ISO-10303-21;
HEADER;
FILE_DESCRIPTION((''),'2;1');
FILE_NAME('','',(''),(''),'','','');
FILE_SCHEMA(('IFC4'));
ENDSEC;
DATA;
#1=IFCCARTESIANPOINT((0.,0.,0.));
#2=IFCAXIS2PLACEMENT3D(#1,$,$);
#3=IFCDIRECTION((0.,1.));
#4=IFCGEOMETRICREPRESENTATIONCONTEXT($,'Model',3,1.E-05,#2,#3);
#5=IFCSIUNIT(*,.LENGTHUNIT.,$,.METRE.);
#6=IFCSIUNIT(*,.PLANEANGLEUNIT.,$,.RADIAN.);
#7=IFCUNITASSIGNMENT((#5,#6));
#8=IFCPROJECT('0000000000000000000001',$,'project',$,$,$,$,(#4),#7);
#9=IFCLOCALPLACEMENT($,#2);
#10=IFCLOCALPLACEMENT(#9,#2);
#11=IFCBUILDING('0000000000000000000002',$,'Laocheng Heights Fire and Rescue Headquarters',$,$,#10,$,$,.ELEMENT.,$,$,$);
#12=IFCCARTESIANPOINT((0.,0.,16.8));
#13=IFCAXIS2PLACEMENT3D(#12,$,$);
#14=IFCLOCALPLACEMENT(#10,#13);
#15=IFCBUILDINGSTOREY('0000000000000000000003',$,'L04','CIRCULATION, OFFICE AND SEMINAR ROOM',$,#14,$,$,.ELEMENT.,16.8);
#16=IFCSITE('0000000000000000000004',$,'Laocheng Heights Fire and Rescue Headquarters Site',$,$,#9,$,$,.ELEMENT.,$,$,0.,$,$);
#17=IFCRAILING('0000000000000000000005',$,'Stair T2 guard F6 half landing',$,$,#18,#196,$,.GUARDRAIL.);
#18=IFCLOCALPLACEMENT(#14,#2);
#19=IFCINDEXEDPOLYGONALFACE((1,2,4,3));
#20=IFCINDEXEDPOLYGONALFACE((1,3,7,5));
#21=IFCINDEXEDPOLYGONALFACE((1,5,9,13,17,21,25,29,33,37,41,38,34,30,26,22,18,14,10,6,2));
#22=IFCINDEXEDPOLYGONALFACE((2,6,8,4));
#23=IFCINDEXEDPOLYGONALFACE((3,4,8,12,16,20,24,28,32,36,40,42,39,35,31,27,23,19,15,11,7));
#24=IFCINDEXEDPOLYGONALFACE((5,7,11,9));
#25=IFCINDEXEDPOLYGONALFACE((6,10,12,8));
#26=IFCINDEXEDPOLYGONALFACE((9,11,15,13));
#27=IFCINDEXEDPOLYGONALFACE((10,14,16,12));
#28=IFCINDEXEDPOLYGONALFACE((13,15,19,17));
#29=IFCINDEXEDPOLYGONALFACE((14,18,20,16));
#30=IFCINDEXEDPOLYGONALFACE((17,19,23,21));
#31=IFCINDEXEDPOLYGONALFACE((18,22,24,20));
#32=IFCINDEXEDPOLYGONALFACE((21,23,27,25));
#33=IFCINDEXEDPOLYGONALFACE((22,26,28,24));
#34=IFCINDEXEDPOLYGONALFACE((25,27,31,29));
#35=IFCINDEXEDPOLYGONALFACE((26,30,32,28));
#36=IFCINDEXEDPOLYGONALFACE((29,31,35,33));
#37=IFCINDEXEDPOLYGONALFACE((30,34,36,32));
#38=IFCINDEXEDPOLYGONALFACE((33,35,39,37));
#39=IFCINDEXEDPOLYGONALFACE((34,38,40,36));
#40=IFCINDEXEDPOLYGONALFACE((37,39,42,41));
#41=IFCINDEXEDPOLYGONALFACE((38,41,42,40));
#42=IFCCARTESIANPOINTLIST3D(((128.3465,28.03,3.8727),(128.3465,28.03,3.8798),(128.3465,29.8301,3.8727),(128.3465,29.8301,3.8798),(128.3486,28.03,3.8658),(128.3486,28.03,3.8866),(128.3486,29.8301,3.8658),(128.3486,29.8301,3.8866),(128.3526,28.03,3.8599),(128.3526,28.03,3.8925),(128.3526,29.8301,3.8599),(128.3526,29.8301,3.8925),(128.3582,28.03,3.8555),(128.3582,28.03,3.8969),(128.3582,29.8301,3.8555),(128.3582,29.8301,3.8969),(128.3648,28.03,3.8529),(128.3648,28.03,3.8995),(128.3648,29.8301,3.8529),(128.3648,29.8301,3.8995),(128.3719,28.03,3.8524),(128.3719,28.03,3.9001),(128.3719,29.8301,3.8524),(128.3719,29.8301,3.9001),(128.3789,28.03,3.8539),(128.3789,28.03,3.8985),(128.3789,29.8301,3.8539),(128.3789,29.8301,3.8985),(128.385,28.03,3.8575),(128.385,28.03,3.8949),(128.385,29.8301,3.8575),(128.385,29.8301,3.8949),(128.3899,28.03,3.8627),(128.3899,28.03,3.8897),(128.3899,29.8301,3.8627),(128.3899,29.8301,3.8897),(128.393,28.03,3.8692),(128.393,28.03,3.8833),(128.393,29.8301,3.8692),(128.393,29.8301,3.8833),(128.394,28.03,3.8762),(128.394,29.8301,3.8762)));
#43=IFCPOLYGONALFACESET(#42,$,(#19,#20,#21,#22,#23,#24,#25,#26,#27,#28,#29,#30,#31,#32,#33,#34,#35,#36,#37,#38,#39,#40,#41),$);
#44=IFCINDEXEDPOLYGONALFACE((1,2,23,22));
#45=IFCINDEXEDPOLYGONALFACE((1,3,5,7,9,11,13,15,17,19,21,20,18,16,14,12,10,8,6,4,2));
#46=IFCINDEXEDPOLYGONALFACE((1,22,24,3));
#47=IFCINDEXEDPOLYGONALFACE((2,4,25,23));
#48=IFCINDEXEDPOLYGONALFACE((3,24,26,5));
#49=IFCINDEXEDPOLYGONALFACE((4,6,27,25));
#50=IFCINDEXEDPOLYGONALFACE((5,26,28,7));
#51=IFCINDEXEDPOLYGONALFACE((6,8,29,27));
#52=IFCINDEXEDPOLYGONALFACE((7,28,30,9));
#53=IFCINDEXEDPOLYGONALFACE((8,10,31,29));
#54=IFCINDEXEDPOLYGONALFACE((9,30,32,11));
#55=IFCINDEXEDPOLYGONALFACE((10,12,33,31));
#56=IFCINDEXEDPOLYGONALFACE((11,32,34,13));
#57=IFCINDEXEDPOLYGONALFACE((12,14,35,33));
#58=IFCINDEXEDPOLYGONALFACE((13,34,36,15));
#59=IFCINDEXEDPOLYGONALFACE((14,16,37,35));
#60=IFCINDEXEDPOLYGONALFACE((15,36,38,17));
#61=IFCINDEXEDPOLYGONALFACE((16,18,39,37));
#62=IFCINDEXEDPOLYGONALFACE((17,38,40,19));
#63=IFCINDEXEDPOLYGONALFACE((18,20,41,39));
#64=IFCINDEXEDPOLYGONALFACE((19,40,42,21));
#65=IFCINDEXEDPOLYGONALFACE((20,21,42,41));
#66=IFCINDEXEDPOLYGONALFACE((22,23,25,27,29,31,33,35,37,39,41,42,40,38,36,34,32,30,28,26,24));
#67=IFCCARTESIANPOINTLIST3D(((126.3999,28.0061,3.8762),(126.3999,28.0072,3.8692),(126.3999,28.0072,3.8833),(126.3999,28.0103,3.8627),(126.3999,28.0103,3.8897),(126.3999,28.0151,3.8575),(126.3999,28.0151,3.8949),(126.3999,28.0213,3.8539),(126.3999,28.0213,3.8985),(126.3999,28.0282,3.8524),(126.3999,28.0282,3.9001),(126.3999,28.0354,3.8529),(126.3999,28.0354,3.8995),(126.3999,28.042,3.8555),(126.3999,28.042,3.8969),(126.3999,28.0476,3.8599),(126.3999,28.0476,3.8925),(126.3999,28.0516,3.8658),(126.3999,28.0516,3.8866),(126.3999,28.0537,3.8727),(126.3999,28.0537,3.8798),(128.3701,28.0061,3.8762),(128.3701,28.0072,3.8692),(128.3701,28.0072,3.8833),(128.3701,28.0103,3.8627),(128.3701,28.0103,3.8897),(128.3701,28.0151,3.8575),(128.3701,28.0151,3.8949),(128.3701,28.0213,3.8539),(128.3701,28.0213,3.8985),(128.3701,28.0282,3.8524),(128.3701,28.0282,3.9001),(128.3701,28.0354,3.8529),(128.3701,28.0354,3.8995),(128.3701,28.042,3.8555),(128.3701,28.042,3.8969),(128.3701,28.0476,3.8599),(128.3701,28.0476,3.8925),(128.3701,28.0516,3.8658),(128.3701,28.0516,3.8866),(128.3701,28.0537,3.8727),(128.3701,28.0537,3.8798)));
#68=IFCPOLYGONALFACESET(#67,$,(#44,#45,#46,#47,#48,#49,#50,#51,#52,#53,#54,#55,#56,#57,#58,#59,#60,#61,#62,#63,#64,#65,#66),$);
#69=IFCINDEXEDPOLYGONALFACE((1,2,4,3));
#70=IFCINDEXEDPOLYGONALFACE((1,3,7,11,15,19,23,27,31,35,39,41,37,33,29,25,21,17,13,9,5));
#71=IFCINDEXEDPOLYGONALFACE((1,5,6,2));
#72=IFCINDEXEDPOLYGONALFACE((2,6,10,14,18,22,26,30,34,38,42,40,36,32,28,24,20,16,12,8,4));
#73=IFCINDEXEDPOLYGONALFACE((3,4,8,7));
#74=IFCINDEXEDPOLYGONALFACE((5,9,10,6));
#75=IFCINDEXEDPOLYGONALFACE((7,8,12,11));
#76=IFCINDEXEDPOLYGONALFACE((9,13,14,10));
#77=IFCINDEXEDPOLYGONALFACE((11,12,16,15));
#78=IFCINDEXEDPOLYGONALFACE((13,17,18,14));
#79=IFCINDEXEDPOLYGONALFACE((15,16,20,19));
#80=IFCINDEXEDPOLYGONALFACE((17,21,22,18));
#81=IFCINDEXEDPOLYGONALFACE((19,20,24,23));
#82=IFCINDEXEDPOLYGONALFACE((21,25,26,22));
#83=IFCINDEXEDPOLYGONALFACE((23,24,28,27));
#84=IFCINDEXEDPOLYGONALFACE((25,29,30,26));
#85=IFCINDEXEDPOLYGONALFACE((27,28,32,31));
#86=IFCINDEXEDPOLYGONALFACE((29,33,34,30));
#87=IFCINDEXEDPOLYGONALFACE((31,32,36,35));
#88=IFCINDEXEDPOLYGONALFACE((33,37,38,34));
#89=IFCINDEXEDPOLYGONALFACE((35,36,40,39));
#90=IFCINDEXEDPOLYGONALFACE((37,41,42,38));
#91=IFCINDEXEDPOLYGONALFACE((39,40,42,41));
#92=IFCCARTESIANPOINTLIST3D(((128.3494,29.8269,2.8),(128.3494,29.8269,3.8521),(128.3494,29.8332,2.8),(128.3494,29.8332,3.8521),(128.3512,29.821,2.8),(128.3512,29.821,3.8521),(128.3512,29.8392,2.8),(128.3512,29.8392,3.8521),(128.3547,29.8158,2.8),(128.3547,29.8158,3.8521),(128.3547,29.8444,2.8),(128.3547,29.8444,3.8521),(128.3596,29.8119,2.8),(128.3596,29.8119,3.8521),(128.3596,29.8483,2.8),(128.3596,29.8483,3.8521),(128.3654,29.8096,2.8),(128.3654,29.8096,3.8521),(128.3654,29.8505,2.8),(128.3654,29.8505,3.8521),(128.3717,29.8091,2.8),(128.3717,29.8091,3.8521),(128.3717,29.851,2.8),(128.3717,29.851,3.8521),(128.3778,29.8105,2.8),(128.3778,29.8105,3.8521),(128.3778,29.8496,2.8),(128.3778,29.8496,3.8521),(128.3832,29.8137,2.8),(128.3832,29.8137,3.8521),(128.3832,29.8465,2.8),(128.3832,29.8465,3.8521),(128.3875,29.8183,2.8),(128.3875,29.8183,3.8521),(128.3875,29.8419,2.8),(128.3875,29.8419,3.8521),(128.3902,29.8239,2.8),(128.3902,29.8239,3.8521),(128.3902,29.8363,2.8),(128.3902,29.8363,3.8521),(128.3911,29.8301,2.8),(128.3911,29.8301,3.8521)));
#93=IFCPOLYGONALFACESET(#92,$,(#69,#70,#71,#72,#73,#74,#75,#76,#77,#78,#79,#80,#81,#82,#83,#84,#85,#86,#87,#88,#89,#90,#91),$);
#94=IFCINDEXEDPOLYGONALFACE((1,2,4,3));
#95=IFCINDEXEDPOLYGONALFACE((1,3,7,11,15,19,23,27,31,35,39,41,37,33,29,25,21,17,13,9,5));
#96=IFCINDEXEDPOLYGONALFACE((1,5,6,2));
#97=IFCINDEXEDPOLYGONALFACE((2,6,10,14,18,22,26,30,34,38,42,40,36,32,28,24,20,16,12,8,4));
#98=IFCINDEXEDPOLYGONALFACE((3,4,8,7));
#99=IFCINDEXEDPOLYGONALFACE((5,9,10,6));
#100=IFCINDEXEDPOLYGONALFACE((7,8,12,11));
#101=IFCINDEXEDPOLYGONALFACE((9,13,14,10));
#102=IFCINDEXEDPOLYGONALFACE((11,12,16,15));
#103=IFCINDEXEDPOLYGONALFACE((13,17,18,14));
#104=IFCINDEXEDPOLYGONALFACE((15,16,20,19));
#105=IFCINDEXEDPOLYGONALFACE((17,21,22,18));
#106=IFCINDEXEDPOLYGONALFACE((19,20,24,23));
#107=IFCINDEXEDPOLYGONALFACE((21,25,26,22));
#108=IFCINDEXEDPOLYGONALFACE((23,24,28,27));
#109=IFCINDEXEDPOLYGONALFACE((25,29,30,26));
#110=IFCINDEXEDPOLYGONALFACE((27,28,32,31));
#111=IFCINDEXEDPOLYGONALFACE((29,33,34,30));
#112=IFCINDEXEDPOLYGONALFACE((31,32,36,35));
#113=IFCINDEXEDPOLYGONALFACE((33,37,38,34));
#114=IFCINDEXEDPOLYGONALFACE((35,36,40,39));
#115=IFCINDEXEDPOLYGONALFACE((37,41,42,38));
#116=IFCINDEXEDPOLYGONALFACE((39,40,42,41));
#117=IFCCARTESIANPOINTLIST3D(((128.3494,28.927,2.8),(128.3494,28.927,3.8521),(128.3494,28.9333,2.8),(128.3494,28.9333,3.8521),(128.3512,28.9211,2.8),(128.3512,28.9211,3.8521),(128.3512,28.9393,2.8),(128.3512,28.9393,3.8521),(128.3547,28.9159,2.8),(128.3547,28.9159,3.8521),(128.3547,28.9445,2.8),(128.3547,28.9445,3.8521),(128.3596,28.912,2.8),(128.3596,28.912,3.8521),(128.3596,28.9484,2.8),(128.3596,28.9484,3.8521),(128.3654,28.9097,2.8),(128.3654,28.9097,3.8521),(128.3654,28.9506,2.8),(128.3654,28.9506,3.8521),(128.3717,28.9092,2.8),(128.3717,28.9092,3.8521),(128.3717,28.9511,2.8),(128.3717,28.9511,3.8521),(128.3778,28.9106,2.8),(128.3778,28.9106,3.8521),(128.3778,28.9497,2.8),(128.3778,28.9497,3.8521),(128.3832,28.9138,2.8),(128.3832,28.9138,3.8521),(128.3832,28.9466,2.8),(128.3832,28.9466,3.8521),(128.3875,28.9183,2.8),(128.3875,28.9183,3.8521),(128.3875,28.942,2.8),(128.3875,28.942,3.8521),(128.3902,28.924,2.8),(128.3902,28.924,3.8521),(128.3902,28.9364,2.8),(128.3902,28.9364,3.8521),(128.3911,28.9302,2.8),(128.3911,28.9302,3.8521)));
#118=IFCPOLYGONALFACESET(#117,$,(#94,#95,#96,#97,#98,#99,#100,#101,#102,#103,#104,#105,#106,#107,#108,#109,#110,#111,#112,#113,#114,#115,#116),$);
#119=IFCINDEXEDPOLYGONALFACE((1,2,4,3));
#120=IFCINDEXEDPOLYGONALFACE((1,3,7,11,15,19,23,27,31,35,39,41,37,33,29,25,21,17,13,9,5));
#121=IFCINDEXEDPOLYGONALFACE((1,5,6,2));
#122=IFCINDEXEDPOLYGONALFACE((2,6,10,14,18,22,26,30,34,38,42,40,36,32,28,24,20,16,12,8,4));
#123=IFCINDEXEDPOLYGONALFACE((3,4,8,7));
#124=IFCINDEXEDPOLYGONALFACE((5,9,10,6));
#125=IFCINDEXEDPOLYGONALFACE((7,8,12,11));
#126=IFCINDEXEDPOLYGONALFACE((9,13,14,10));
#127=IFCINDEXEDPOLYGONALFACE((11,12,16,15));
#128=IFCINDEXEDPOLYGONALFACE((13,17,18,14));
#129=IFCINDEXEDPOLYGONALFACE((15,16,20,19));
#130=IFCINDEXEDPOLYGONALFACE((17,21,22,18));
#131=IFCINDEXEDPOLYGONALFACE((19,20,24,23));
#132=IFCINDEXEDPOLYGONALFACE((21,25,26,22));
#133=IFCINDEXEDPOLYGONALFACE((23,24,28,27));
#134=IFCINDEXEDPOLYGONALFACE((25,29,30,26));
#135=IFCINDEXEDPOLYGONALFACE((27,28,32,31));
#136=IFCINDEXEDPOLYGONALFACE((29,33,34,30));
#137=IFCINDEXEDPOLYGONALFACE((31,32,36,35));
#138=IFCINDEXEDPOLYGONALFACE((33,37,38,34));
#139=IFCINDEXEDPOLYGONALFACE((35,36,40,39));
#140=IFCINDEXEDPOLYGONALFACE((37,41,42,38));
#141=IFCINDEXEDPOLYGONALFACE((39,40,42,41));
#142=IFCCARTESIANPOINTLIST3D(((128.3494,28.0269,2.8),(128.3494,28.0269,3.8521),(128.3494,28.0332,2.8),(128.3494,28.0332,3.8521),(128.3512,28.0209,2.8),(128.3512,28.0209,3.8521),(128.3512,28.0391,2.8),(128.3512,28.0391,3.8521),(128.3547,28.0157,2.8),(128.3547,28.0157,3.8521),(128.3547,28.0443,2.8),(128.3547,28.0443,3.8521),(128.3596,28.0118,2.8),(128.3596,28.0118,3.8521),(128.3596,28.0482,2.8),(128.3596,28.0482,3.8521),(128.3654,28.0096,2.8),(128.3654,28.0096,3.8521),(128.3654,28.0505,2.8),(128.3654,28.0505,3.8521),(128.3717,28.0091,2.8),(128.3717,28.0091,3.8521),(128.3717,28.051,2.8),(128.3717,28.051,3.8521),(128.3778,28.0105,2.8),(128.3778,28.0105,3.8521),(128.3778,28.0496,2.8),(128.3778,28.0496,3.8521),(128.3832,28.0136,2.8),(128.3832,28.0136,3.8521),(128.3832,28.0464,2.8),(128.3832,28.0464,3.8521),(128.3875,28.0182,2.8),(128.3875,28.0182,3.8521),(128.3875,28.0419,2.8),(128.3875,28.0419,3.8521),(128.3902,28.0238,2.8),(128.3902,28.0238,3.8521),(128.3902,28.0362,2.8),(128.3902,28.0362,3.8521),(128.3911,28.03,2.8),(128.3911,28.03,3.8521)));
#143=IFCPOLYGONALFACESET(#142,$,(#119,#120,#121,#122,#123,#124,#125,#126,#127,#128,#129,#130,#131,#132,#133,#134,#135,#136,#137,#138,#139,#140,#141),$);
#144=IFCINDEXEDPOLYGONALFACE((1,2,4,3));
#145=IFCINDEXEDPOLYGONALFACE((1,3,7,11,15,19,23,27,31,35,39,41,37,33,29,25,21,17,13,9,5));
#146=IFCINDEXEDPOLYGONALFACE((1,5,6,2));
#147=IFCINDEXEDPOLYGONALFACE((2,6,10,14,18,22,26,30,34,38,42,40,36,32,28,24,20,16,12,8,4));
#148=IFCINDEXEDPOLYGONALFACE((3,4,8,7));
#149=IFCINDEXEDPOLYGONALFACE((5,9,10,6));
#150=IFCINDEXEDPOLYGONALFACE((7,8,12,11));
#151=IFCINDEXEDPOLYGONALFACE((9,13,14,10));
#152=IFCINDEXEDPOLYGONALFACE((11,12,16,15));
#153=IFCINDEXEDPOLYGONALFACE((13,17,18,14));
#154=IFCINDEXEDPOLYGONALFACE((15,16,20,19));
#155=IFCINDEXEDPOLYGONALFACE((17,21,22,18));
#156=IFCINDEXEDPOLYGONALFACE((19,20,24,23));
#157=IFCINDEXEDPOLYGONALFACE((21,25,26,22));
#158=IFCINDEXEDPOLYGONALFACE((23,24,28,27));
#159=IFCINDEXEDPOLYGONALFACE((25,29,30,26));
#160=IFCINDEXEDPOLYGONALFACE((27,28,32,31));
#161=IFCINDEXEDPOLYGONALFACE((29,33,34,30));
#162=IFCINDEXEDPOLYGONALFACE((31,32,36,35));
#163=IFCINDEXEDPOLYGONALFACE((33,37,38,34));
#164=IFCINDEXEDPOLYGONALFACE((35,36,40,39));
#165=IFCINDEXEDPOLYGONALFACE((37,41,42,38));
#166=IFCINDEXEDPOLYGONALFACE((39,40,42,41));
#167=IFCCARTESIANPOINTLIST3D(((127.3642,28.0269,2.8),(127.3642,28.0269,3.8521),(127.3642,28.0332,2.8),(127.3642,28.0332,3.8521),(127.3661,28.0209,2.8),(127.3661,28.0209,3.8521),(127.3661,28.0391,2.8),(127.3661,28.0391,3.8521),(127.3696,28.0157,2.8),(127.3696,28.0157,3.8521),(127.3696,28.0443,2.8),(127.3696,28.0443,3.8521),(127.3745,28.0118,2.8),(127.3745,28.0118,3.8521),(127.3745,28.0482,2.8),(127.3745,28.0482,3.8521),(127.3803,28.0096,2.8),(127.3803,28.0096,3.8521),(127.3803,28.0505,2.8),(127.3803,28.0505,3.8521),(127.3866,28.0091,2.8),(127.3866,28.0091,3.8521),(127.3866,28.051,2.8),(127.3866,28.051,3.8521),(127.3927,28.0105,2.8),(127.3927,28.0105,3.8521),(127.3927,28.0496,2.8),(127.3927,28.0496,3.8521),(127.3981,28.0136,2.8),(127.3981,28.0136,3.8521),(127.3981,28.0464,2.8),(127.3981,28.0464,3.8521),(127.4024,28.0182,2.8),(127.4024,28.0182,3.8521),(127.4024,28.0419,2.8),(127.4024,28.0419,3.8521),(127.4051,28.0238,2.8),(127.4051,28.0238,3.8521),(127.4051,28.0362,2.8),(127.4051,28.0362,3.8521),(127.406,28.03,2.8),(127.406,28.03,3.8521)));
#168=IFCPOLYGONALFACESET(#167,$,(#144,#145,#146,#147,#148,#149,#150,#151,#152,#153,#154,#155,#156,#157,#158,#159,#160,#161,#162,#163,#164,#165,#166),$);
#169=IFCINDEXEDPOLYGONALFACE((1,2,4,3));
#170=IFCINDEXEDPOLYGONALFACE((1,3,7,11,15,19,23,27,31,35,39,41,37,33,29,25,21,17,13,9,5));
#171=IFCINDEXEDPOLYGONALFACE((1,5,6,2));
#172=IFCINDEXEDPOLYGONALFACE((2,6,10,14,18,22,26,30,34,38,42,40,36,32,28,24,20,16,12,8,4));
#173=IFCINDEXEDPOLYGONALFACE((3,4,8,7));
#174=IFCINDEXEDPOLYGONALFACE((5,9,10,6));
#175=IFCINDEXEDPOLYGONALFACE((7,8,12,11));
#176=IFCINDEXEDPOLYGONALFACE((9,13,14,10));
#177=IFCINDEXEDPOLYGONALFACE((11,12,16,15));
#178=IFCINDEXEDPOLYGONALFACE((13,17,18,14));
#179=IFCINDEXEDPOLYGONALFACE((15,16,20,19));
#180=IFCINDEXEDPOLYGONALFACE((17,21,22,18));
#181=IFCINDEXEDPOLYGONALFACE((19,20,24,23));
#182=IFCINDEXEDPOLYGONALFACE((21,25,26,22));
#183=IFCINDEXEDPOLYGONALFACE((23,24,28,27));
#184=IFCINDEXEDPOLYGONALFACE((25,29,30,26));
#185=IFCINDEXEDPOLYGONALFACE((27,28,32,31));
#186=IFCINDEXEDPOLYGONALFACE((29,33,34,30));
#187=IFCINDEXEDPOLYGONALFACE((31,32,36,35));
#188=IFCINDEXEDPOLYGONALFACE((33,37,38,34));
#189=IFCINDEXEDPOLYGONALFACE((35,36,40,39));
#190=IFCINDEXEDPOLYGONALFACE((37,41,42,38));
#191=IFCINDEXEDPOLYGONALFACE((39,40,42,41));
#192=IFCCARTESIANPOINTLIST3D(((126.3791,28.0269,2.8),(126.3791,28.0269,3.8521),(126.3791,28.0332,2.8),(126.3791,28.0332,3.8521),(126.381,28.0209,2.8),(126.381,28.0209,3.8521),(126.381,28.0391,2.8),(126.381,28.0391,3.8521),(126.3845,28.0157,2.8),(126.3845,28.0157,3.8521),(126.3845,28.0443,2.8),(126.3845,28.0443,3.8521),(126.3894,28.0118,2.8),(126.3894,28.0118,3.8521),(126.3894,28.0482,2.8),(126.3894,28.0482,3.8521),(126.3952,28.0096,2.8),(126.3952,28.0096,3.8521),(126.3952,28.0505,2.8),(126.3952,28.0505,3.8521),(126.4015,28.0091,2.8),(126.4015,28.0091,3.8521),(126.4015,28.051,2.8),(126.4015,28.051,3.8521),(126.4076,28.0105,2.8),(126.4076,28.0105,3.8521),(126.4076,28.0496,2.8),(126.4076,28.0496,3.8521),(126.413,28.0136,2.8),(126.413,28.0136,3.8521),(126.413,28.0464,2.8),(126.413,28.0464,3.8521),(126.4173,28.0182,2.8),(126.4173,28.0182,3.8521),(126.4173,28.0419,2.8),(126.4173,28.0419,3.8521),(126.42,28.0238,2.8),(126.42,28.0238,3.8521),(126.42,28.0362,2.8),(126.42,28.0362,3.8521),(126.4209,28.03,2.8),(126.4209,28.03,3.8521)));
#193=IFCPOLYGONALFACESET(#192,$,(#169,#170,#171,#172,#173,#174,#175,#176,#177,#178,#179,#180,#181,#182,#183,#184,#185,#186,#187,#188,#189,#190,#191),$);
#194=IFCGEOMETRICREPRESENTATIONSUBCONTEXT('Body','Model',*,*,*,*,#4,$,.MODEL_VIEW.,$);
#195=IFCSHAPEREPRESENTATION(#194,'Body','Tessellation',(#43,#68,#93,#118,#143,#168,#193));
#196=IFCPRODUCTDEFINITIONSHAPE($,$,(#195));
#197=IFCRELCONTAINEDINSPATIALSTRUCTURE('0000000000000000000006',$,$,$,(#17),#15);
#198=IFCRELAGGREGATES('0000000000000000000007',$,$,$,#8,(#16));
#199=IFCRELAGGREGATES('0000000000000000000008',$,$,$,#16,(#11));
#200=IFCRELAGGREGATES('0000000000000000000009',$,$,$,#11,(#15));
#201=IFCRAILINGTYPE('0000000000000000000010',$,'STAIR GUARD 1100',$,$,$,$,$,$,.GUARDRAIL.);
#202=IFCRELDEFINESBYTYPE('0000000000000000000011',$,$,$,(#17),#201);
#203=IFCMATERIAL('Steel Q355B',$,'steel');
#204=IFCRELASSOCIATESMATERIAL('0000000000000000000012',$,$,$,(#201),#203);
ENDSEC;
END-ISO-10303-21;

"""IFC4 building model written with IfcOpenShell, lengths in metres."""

from ifc_helpers import new_model, si_unit, direction, frame, origin, origin_2d, place, context, subcontext, project, spatial, circle, extrude, material, type_object, element, save


model = new_model("IFC4")

# Units and contexts
model_context = context("Model", 3, precision=1e-05, world=origin(), true_north=direction((0.0, 1.0)))
body_context = subcontext(model_context, "Body", "Model", "MODEL_VIEW")
ifc_project = project(units=[si_unit("LENGTHUNIT", "METRE"), si_unit("PLANEANGLEUNIT", "RADIAN")], contexts=[model_context])

# Site, building, storey
site_placement = place(None, origin())
site = spatial("IfcSite", under=ifc_project, at=site_placement, Name="Laocheng Heights Fire and Rescue Headquarters Site", CompositionType="ELEMENT", RefElevation=0.0)
building_placement = place(site_placement, origin())
building = spatial("IfcBuilding", under=site, at=building_placement, Name="Laocheng Heights Fire and Rescue Headquarters", CompositionType="ELEMENT")
storey_placement = place(building_placement, frame((0.0, 0.0, 16.8)))
storey = spatial("IfcBuildingStorey", under=building, at=storey_placement, Name="L04", Description="CIRCULATION, OFFICE AND SEMINAR ROOM", CompositionType="ELEMENT", Elevation=16.8)

# Railing
ifc_material_1 = material(Name="Steel Q355B", Category="steel")
railing_type_1 = type_object("IfcRailingType", Name="STAIR GUARD 1100", PredefinedType="GUARDRAIL", material=ifc_material_1)
railing_1_placement = place(storey_placement, frame((128.3701, 29.8301, 2.8)))
element("IfcRailing", 1, at=railing_1_placement, inside=storey, type_object=railing_type_1, Name="Stair T2 guard F6 half landing", PredefinedType="GUARDRAIL", context=body_context, shape_type="SweptSolid", body=[
    extrude(circle(Radius=0.0239, at=origin_2d()), frame((0.0, 0.0, 1.0762), z_axis=(0.0, -1.0, 0.0), x_axis=(1.0, 0.0, 0.0)), (0.0, 0.0, 1.0), 1.8),
    extrude(circle(Radius=0.0239, at=origin_2d()), frame((0.0, -1.8, 1.0762), z_axis=(-1.0, 0.0, 0.0), x_axis=(0.0, -1.0, 0.0)), (0.0, 0.0, 1.0), 1.9702),
    extrude(circle(Radius=0.021, at=origin_2d()), origin(), (0.0, 0.0, 1.0), 1.052),
    extrude(circle(Radius=0.021, at=origin_2d()), frame((0.0, -0.8999, 0.0)), (0.0, 0.0, 1.0), 1.052),
    extrude(circle(Radius=0.021, at=origin_2d()), frame((0.0, -1.8, 0.0)), (0.0, 0.0, 1.0), 1.052),
    extrude(circle(Radius=0.021, at=origin_2d()), frame((-0.9851, -1.8, 0.0)), (0.0, 0.0, 1.0), 1.052),
    extrude(circle(Radius=0.021, at=origin_2d()), frame((-1.9702, -1.8, 0.0)), (0.0, 0.0, 1.0), 1.052),
])

save(model, "model.ifc")
